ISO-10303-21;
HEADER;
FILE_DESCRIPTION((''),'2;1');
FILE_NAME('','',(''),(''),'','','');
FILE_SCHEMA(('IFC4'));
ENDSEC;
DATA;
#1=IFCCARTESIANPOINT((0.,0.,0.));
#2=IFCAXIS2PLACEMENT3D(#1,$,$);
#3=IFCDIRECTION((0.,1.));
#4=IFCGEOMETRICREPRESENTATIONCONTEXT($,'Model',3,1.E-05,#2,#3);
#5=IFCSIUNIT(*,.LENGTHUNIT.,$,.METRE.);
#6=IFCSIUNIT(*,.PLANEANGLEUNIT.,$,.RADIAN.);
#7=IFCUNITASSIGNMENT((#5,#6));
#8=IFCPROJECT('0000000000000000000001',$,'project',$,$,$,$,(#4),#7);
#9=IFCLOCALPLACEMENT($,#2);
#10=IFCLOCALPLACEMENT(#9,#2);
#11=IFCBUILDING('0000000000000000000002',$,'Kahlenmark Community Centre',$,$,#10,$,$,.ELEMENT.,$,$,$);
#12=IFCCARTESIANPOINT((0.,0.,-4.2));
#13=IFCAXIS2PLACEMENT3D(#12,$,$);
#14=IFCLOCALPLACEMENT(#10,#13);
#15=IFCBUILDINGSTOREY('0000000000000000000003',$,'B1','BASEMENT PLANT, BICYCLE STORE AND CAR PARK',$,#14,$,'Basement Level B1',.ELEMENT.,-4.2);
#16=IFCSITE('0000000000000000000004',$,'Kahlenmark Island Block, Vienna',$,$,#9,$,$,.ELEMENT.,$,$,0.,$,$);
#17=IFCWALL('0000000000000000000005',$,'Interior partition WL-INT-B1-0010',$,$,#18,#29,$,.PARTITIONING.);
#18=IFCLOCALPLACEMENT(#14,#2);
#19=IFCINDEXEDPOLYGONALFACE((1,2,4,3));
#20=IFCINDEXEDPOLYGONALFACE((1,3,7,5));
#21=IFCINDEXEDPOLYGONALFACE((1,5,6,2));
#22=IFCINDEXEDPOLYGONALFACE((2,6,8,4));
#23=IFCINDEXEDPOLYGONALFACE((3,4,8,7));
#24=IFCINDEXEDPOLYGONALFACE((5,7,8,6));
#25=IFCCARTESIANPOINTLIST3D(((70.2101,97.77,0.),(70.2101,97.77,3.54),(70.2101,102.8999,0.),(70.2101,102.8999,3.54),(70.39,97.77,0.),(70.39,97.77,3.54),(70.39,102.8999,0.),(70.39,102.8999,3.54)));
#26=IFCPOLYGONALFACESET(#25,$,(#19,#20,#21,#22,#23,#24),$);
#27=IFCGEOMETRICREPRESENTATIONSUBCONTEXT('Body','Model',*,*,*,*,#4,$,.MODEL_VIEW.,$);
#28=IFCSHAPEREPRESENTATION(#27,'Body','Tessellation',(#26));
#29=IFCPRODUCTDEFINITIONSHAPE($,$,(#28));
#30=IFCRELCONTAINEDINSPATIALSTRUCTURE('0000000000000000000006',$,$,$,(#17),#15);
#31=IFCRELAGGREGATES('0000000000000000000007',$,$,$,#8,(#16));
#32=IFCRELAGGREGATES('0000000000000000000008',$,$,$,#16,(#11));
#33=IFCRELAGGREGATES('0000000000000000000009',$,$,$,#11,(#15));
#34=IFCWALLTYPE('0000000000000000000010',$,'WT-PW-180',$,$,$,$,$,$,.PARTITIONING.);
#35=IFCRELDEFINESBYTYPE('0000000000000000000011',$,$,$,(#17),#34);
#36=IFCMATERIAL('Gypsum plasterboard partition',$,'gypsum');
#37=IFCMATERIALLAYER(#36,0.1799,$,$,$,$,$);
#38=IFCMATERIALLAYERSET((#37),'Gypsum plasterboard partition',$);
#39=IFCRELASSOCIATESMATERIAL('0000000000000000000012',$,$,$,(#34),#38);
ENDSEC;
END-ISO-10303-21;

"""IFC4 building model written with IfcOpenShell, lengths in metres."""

from ifc_helpers import new_model, si_unit, direction, frame, frame_2d, origin, place, context, subcontext, project, spatial, rectangle, extrude, material, layer, layer_set, type_object, element, save


model = new_model("IFC4")

# Units and contexts
model_context = context("Model", 3, precision=1e-05, world=origin(), true_north=direction((0.0, 1.0)))
body_context = subcontext(model_context, "Body", "Model", "MODEL_VIEW")
ifc_project = project(units=[si_unit("LENGTHUNIT", "METRE"), si_unit("PLANEANGLEUNIT", "RADIAN")], contexts=[model_context])

# Site, building, storey
site_placement = place(None, origin())
site = spatial("IfcSite", under=ifc_project, at=site_placement, Name="Kahlenmark Island Block, Vienna", CompositionType="ELEMENT", RefElevation=0.0)
building_placement = place(site_placement, origin())
building = spatial("IfcBuilding", under=site, at=building_placement, Name="Kahlenmark Community Centre", CompositionType="ELEMENT")
storey_placement = place(building_placement, frame((0.0, 0.0, -4.2)))
storey = spatial("IfcBuildingStorey", under=building, at=storey_placement, Name="B1", Description="BASEMENT PLANT, BICYCLE STORE AND CAR PARK", LongName="Basement Level B1", CompositionType="ELEMENT", Elevation=-4.2)

# Wall
ifc_material_1 = material(Name="Gypsum plasterboard partition", Category="gypsum")
ifc_layer_1 = layer(ifc_material_1, 0.1799)
ifc_layer_set_1 = layer_set([ifc_layer_1], Name="Gypsum plasterboard partition")
wall_type_1 = type_object("IfcWallType", Name="WT-PW-180", PredefinedType="PARTITIONING", material=ifc_layer_set_1)
wall_1_placement = place(storey_placement, frame((70.3, 97.77, 0.0), z_axis=(0.0, 0.0, 1.0), x_axis=(0.0, 1.0, 0.0)))
element("IfcWall", 1, at=wall_1_placement, inside=storey, type_object=wall_type_1, Name="Interior partition WL-INT-B1-0010", PredefinedType="PARTITIONING", context=body_context, shape_type="SweptSolid", body=[
    extrude(rectangle(XDim=5.1299, YDim=0.1799, at=frame_2d((2.5649, 0.0))), origin(), (0.0, 0.0, 1.0), 3.54),
])

save(model, "model.ifc")
